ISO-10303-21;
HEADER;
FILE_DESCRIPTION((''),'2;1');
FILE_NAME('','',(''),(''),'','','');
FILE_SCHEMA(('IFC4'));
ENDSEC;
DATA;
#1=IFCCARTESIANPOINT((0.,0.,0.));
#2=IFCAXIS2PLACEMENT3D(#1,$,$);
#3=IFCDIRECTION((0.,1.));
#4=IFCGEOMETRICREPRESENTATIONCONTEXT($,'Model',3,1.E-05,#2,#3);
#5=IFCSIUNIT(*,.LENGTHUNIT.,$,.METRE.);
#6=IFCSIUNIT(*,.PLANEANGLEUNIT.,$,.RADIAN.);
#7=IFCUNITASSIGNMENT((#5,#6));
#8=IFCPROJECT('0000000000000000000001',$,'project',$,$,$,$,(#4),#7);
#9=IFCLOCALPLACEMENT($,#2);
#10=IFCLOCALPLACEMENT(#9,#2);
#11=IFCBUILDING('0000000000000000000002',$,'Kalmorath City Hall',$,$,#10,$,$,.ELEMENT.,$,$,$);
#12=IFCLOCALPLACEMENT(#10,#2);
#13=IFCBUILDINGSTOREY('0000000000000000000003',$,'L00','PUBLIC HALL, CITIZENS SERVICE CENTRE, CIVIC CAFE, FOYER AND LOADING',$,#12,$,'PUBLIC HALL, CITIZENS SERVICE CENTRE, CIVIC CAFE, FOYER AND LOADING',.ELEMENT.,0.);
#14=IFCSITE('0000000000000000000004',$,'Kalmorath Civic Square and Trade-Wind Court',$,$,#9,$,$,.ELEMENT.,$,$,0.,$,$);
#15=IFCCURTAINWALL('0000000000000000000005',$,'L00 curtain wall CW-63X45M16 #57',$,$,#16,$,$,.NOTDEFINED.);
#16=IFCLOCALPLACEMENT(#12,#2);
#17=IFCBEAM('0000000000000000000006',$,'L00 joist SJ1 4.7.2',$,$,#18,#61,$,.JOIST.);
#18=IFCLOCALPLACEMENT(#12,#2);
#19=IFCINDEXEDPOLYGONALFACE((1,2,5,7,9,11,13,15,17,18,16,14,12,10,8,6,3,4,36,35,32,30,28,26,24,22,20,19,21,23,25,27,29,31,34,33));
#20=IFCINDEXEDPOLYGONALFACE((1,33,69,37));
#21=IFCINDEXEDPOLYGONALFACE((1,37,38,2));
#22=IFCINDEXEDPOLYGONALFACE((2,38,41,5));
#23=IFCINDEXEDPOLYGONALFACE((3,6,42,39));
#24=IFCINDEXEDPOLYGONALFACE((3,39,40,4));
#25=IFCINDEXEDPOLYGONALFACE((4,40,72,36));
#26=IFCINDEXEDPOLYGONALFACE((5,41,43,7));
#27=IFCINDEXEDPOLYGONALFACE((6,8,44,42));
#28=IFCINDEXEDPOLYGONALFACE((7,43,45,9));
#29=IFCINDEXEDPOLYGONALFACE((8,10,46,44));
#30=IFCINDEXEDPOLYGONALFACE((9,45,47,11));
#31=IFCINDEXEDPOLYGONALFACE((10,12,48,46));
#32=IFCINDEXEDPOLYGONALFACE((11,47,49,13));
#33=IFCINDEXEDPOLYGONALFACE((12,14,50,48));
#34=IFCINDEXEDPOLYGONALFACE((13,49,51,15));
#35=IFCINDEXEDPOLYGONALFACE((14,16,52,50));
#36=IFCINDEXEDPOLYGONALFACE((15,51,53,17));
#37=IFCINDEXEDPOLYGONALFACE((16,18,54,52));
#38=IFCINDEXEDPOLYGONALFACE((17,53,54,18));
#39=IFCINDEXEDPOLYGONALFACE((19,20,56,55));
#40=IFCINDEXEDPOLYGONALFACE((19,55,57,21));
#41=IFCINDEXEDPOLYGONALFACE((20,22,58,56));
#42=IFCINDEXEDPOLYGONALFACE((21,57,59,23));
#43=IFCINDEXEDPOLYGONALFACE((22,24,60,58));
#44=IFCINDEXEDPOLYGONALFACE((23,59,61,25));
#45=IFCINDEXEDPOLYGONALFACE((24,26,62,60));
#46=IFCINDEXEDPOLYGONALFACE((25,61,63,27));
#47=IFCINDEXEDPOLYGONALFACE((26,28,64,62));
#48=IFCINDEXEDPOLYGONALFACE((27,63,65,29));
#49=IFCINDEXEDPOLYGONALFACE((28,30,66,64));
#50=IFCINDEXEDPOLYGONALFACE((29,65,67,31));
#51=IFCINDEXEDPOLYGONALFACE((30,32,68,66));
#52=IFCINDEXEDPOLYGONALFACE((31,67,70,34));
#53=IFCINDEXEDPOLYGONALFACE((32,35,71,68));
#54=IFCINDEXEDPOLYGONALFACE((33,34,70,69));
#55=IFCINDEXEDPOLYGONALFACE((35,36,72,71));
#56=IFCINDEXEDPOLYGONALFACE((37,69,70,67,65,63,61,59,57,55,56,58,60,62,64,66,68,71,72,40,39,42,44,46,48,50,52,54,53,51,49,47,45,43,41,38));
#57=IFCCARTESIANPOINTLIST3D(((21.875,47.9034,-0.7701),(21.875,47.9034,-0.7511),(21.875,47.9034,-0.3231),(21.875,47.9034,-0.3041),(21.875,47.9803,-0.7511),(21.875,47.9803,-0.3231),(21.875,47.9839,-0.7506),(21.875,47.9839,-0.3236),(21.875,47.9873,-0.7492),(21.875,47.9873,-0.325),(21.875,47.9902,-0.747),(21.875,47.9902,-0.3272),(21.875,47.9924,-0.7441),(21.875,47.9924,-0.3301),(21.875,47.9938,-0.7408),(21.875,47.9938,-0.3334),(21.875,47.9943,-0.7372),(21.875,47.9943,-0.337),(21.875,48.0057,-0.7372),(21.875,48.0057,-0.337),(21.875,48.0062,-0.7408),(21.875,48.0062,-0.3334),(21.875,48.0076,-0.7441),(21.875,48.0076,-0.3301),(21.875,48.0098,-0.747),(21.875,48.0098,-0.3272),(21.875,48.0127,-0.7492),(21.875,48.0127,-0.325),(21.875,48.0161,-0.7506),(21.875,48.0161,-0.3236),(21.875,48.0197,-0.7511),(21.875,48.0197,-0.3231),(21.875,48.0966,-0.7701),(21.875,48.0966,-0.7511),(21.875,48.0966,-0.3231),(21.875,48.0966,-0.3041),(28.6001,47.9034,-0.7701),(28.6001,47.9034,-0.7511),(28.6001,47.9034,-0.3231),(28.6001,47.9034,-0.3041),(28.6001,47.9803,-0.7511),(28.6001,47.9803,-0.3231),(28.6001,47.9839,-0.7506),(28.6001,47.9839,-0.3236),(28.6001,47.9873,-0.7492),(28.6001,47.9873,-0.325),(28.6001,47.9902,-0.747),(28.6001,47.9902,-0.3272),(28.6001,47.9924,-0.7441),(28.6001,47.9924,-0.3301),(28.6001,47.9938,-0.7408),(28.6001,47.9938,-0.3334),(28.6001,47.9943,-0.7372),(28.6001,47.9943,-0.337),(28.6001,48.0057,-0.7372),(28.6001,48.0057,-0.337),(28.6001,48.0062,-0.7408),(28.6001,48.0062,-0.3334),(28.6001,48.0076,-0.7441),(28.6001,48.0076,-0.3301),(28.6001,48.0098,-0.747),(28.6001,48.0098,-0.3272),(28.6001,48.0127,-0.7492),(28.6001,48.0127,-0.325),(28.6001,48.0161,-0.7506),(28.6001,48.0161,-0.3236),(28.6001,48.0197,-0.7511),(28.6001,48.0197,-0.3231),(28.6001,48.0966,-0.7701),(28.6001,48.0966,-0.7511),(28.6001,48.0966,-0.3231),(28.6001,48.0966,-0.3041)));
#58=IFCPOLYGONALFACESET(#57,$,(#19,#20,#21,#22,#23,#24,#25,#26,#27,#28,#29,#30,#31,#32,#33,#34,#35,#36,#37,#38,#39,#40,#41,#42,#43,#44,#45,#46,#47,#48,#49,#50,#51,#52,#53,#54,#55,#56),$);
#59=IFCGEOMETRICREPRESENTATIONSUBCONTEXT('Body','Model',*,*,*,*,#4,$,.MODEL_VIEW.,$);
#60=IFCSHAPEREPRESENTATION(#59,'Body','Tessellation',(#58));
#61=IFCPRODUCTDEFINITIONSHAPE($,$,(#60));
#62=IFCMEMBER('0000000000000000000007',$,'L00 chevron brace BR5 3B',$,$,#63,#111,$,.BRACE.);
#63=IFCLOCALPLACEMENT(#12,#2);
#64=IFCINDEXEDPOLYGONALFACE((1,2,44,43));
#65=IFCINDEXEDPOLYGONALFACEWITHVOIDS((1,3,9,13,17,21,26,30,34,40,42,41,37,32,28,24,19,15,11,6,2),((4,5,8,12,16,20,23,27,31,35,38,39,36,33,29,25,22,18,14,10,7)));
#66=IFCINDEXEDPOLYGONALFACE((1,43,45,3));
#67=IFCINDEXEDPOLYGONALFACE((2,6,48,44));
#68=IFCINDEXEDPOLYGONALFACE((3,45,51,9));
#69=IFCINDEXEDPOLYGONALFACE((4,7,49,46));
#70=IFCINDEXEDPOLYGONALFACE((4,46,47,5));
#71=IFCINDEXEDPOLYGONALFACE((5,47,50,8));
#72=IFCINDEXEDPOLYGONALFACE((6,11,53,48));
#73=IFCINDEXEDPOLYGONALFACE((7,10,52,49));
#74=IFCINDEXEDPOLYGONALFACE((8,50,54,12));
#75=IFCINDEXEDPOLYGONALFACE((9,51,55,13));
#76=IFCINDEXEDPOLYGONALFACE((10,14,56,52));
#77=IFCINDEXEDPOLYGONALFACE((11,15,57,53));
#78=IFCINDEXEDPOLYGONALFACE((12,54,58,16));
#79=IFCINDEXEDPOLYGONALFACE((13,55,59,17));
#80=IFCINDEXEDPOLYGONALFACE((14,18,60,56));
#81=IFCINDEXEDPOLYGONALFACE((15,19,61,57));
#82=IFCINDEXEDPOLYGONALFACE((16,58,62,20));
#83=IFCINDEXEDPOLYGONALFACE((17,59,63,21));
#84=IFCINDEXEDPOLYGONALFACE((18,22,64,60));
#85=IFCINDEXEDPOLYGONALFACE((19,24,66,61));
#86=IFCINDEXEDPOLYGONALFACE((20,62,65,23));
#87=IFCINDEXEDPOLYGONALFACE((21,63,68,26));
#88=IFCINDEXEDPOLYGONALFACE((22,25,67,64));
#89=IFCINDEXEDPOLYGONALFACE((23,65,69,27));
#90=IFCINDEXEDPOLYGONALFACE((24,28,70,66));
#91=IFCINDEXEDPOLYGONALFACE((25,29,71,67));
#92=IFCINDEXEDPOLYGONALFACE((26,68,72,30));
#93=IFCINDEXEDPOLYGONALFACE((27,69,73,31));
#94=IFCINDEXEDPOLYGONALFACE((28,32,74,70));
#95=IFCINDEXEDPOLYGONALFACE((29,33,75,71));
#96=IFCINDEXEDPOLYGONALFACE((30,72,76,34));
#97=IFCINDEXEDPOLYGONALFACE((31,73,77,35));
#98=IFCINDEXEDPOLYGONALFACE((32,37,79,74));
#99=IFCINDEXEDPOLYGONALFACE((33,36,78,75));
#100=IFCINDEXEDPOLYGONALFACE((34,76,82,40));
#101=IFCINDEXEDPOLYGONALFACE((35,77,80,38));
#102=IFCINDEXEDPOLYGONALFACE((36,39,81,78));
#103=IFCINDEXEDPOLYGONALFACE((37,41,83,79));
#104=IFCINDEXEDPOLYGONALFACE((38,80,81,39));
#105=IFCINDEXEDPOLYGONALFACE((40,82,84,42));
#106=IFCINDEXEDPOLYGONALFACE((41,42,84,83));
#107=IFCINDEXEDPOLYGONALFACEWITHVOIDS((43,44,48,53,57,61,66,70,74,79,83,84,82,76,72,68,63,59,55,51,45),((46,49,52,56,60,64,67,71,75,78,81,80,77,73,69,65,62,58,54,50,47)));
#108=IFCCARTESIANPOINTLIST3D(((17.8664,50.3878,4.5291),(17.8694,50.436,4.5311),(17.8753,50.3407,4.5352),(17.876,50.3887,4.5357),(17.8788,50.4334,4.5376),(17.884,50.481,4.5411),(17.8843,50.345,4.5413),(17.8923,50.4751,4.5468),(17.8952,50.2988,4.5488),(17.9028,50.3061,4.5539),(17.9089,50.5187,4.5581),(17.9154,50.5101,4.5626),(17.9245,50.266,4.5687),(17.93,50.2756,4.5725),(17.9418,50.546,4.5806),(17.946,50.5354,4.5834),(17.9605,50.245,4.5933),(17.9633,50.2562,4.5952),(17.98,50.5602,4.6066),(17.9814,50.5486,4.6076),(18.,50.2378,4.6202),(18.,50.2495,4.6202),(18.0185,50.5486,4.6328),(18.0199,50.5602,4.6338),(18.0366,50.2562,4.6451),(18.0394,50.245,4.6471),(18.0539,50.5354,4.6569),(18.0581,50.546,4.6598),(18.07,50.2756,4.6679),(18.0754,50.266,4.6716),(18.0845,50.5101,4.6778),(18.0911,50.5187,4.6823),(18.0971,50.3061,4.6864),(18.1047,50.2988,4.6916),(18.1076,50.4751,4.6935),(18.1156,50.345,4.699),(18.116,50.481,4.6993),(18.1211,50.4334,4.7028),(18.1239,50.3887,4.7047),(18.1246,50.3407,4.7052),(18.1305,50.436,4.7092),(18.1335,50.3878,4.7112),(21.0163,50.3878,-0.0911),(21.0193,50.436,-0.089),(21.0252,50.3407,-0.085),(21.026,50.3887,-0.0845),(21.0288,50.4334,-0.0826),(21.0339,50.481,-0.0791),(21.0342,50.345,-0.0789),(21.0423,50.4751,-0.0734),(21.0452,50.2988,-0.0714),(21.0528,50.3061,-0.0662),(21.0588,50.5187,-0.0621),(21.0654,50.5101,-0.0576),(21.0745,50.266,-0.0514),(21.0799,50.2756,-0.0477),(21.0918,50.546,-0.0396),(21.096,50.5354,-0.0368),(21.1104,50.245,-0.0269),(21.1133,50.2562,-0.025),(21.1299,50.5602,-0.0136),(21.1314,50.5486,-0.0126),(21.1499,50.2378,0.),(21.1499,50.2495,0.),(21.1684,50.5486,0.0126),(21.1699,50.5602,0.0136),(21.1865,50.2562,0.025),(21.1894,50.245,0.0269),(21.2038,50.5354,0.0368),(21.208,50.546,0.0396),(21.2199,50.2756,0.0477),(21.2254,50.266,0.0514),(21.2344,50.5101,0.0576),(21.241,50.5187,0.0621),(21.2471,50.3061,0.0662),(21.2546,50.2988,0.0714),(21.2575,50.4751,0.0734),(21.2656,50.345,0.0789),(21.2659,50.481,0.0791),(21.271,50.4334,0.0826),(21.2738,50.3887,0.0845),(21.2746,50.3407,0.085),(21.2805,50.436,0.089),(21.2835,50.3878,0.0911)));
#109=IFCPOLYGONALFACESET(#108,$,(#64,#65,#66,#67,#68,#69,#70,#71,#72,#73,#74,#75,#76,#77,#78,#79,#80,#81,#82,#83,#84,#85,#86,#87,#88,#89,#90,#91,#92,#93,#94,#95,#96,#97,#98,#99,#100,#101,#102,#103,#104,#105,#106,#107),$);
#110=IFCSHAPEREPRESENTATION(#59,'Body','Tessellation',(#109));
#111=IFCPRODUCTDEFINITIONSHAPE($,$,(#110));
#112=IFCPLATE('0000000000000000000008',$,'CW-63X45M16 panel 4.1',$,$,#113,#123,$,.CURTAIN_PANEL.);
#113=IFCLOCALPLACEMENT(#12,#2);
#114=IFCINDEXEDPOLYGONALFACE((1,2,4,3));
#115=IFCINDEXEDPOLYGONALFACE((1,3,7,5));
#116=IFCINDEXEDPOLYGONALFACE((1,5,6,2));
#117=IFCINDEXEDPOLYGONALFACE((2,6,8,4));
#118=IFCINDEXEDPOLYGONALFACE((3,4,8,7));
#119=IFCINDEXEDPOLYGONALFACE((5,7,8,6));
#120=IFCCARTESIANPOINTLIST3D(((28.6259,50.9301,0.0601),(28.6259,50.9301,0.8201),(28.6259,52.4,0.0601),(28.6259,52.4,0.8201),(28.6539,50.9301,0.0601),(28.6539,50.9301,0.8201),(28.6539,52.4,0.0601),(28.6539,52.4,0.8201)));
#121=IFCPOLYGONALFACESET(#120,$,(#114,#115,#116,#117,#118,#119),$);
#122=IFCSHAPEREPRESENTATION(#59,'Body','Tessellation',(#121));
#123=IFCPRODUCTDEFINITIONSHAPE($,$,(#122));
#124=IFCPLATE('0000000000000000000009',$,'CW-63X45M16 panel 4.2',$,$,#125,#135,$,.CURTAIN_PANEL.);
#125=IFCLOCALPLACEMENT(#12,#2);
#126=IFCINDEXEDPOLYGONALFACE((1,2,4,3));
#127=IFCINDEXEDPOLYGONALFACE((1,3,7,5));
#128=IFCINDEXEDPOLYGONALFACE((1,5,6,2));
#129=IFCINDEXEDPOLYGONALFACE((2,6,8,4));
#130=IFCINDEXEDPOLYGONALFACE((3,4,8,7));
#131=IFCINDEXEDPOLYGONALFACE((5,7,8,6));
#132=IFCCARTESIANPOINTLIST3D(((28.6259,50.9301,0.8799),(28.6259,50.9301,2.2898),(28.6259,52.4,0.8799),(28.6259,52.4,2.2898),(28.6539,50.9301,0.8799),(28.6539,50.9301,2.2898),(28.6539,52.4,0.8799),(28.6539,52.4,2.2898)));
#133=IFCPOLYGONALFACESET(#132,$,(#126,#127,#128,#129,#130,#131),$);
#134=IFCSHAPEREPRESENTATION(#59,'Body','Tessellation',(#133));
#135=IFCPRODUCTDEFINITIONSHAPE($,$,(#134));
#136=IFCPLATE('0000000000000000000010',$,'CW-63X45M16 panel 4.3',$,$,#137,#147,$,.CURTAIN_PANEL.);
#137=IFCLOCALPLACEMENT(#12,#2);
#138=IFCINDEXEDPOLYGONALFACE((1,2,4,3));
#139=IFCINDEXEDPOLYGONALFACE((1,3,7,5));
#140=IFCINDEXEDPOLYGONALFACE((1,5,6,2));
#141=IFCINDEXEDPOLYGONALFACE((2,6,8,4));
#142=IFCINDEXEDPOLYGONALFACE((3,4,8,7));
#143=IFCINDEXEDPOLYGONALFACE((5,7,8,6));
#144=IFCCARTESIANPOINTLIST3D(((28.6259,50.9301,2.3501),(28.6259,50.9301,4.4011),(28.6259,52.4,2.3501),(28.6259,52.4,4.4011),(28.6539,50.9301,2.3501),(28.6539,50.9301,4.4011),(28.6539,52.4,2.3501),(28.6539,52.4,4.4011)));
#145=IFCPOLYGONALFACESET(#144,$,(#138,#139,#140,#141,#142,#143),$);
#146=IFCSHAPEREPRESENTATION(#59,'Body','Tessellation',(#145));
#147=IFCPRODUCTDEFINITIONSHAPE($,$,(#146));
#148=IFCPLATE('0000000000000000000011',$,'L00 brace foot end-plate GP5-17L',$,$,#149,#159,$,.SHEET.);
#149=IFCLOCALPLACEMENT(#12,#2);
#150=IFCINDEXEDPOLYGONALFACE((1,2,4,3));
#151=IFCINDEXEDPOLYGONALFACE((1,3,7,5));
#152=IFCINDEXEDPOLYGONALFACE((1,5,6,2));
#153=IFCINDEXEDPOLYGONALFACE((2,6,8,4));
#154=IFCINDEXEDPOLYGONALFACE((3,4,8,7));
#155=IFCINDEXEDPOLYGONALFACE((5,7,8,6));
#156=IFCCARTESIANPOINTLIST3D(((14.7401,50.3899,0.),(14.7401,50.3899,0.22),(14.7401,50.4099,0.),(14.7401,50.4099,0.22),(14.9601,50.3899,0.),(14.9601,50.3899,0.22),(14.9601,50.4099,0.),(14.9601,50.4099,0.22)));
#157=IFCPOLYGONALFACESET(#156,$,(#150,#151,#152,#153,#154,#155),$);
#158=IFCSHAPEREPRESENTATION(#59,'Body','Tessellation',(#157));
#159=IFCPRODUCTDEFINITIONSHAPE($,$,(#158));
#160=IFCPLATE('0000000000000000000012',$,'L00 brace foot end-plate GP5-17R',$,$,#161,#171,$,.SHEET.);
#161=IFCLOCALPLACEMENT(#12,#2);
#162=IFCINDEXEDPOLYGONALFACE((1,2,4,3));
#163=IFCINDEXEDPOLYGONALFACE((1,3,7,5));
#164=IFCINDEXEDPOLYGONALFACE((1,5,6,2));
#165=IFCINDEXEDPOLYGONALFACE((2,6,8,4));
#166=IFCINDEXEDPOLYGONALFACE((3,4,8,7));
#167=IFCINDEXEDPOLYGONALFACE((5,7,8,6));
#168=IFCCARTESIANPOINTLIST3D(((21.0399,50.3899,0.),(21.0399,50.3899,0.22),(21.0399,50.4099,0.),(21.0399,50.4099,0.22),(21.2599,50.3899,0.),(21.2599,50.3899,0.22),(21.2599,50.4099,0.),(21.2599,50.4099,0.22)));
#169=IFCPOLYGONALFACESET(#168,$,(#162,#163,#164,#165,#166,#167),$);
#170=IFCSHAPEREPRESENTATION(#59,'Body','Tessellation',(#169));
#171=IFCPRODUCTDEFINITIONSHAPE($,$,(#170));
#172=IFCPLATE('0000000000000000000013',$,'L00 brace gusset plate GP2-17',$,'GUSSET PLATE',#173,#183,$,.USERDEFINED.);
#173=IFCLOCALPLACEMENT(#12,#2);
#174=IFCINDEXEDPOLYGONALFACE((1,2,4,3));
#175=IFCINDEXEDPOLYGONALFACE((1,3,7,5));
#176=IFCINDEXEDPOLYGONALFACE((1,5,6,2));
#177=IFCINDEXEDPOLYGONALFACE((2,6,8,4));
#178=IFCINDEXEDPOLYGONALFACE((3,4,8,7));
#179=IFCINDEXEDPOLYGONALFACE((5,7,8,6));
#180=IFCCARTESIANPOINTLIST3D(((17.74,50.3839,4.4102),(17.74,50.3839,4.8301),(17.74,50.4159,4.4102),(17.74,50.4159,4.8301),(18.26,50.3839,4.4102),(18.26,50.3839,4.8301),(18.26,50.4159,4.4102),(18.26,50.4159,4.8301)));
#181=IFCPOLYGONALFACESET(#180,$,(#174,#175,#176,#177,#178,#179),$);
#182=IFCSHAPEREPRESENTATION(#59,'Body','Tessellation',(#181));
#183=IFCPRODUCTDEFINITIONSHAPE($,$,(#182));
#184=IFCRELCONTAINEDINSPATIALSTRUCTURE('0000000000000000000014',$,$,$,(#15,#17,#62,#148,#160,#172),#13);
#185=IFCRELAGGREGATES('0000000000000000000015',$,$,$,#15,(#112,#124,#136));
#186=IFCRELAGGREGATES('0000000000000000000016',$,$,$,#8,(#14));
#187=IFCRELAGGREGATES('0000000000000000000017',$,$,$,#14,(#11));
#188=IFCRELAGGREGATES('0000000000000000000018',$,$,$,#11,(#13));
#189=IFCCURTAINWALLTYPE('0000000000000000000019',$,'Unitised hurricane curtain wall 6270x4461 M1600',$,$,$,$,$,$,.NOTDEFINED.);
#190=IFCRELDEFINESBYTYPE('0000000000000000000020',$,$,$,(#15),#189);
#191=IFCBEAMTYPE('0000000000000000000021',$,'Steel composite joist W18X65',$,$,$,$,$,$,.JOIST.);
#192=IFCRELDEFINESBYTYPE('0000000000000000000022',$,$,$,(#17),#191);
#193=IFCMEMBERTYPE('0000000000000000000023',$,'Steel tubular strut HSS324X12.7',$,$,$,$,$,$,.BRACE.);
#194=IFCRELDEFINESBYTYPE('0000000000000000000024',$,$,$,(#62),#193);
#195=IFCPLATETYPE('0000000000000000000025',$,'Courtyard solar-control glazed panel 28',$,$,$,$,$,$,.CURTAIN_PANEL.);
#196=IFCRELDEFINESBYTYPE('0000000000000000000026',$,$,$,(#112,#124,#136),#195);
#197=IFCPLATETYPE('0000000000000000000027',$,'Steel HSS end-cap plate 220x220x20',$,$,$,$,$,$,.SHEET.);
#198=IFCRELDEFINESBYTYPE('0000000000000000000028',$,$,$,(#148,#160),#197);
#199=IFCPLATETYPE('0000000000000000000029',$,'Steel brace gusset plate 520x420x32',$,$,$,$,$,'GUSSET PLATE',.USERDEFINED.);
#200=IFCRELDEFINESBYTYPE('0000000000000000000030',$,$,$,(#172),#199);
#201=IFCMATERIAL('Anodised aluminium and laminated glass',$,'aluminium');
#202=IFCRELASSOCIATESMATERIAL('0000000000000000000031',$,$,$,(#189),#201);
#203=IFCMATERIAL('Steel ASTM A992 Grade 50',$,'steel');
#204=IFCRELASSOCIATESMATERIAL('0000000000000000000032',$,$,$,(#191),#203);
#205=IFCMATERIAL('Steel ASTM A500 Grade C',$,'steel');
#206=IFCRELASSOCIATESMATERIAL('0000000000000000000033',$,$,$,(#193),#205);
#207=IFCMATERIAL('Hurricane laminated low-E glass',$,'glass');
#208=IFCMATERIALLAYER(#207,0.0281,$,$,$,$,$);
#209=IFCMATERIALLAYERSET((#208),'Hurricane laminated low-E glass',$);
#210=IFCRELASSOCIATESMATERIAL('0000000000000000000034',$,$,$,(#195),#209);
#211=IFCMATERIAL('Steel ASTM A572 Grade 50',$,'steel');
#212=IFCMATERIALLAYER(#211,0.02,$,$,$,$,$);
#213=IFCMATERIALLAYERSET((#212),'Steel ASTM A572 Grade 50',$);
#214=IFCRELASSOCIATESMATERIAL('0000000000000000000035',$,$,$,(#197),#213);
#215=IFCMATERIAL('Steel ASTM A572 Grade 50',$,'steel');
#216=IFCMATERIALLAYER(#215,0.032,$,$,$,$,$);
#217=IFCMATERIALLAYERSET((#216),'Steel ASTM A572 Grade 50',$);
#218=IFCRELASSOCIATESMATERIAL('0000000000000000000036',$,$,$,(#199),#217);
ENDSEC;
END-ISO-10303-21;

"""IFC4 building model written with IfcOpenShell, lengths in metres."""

from ifc_helpers import new_model, si_unit, direction, frame, origin, origin_2d, place, context, subcontext, project, spatial, rectangle, hollow_circle, i_section, extrude, material, layer, layer_set, material_profile, profile_set, type_object, element, aggregate, save


model = new_model("IFC4")

# Units and contexts
model_context = context("Model", 3, precision=1e-05, world=origin(), true_north=direction((0.0, 1.0)))
body_context = subcontext(model_context, "Body", "Model", "MODEL_VIEW")
ifc_project = project(units=[si_unit("LENGTHUNIT", "METRE"), si_unit("PLANEANGLEUNIT", "RADIAN")], contexts=[model_context])

# Site, building, storey
site_placement = place(None, origin())
site = spatial("IfcSite", under=ifc_project, at=site_placement, Name="Kalmorath Civic Square and Trade-Wind Court", CompositionType="ELEMENT", RefElevation=0.0)
building_placement = place(site_placement, origin())
building = spatial("IfcBuilding", under=site, at=building_placement, Name="Kalmorath City Hall", CompositionType="ELEMENT")
storey_placement = place(building_placement, origin())
storey = spatial("IfcBuildingStorey", under=building, at=storey_placement, Name="L00", Description="PUBLIC HALL, CITIZENS SERVICE CENTRE, CIVIC CAFE, FOYER AND LOADING", LongName="PUBLIC HALL, CITIZENS SERVICE CENTRE, CIVIC CAFE, FOYER AND LOADING", CompositionType="ELEMENT", Elevation=0.0)

# Curtain wall
ifc_material_1 = material(Name="Anodised aluminium and laminated glass", Category="aluminium")
curtain_wall_type = type_object("IfcCurtainWallType", Name="Unitised hurricane curtain wall 6270x4461 M1600", PredefinedType="NOTDEFINED", material=ifc_material_1)
curtain_wall_placement = place(storey_placement, origin())
curtain_wall = element("IfcCurtainWall", 1, at=curtain_wall_placement, inside=storey, type_object=curtain_wall_type, Name="L00 curtain wall CW-63X45M16 #57", PredefinedType="NOTDEFINED")

# Beam
ifc_material_2 = material(Name="Steel ASTM A992 Grade 50", Category="steel")
ifc_material_profile_1 = material_profile(ifc_material_2, i_section(OverallWidth=0.1931, OverallDepth=0.4661, WebThickness=0.0115, FlangeThickness=0.019, FilletRadius=0.0139, at=origin_2d()), Name="W18X65")
ifc_profile_set_1 = profile_set([ifc_material_profile_1], Name="Steel ASTM A992 Grade 50")
beam_type_1 = type_object("IfcBeamType", Name="Steel composite joist W18X65", PredefinedType="JOIST", material=ifc_profile_set_1)
for number, where, z_axis, x_axis, name in (
    (2, (21.875, 48.0, -0.5371), (1.0, 0.0, 0.0), (0.0, 1.0, 0.0), "L00 joist SJ1 4.7.2"),
):
    element("IfcBeam", number, at=place(storey_placement, frame(where, z_axis=z_axis, x_axis=x_axis)), inside=storey, type_object=beam_type_1, Name=name, PredefinedType="JOIST", context=body_context, shape_type="SweptSolid", body=[
        extrude(i_section(OverallWidth=0.1931, OverallDepth=0.4661, WebThickness=0.0115, FlangeThickness=0.019, FilletRadius=0.0139, at=origin_2d()), origin(), (0.0, 0.0, 1.0), 6.7251),
    ])

# Member
ifc_material_3 = material(Name="Steel ASTM A500 Grade C", Category="steel")
ifc_material_profile_2 = material_profile(ifc_material_3, hollow_circle(Radius=0.1621, WallThickness=0.0117, at=origin_2d()), Name="HSS324X12.7")
ifc_profile_set_2 = profile_set([ifc_material_profile_2], Name="Steel ASTM A500 Grade C")
member_type_1 = type_object("IfcMemberType", Name="Steel tubular strut HSS324X12.7", PredefinedType="BRACE", material=ifc_profile_set_2)
member_1_placement = place(storey_placement, frame((21.1499, 50.3999, 0.0), z_axis=(-0.563315, 0.0, 0.826242), x_axis=(0.0, -1.0, 0.0)))
element("IfcMember", 3, at=member_1_placement, inside=storey, type_object=member_type_1, Name="L00 chevron brace BR5 3B", PredefinedType="BRACE", context=body_context, shape_type="SweptSolid", body=[
    extrude(hollow_circle(Radius=0.1621, WallThickness=0.0117, at=origin_2d()), origin(), (0.0, 0.0, 1.0), 5.5918),
])

# Plates
ifc_material_4 = material(Name="Hurricane laminated low-E glass", Category="glass")
ifc_layer_1 = layer(ifc_material_4, 0.0281)
ifc_layer_set_1 = layer_set([ifc_layer_1], Name="Hurricane laminated low-E glass")
plate_type_1 = type_object("IfcPlateType", Name="Courtyard solar-control glazed panel 28", PredefinedType="CURTAIN_PANEL", material=ifc_layer_set_1)
plate_1_placement = place(storey_placement, frame((28.6399, 51.665, 0.0601), z_axis=(0.0, 0.0, 1.0), x_axis=(0.0, -1.0, 0.0)))
plate_1 = element("IfcPlate", 4, at=plate_1_placement, type_object=plate_type_1, Name="CW-63X45M16 panel 4.1", PredefinedType="CURTAIN_PANEL", context=body_context, shape_type="SweptSolid", body=[
    extrude(rectangle(XDim=1.47, YDim=0.0281, at=origin_2d()), origin(), (0.0, 0.0, 1.0), 0.76),
])
plate_2_placement = place(storey_placement, frame((28.6399, 51.665, 0.8799), z_axis=(0.0, 0.0, 1.0), x_axis=(0.0, -1.0, 0.0)))
plate_2 = element("IfcPlate", 5, at=plate_2_placement, type_object=plate_type_1, Name="CW-63X45M16 panel 4.2", PredefinedType="CURTAIN_PANEL", context=body_context, shape_type="SweptSolid", body=[
    extrude(rectangle(XDim=1.47, YDim=0.0281, at=origin_2d()), origin(), (0.0, 0.0, 1.0), 1.4099),
])
plate_3_placement = place(storey_placement, frame((28.6399, 51.665, 2.3501), z_axis=(0.0, 0.0, 1.0), x_axis=(0.0, -1.0, 0.0)))
plate_3 = element("IfcPlate", 6, at=plate_3_placement, type_object=plate_type_1, Name="CW-63X45M16 panel 4.3", PredefinedType="CURTAIN_PANEL", context=body_context, shape_type="SweptSolid", body=[
    extrude(rectangle(XDim=1.47, YDim=0.0281, at=origin_2d()), origin(), (0.0, 0.0, 1.0), 2.051),
])
aggregate(curtain_wall, [plate_1, plate_2, plate_3])

# Plates
ifc_material_5 = material(Name="Steel ASTM A572 Grade 50", Category="steel")
ifc_layer_2 = layer(ifc_material_5, 0.02)
ifc_layer_set_2 = layer_set([ifc_layer_2], Name="Steel ASTM A572 Grade 50")
plate_type_2 = type_object("IfcPlateType", Name="Steel HSS end-cap plate 220x220x20", PredefinedType="SHEET", material=ifc_layer_set_2)
for number, where, z_axis, x_axis, name in (
    (7, (14.8501, 50.3999, 0.0), (0.0, 0.0, 1.0), (1.0, 0.0, 0.0), "L00 brace foot end-plate GP5-17L"),
    (8, (21.1499, 50.3999, 0.0), (0.0, 0.0, 1.0), (1.0, 0.0, 0.0), "L00 brace foot end-plate GP5-17R"),
):
    element("IfcPlate", number, at=place(storey_placement, frame(where, z_axis=z_axis, x_axis=x_axis)), inside=storey, type_object=plate_type_2, Name=name, PredefinedType="SHEET", context=body_context, shape_type="SweptSolid", body=[
        extrude(rectangle(XDim=0.22, YDim=0.02, at=origin_2d()), origin(), (0.0, 0.0, 1.0), 0.22),
    ])
ifc_material_6 = material(Name="Steel ASTM A572 Grade 50", Category="steel")
ifc_layer_3 = layer(ifc_material_6, 0.032)
ifc_layer_set_3 = layer_set([ifc_layer_3], Name="Steel ASTM A572 Grade 50")
plate_type_3 = type_object("IfcPlateType", Name="Steel brace gusset plate 520x420x32", ElementType="GUSSET PLATE", PredefinedType="USERDEFINED", material=ifc_layer_set_3)
plate_4_placement = place(storey_placement, frame((18.0, 50.3999, 4.4102), z_axis=(0.0, 0.0, 1.0), x_axis=(1.0, 0.0, 0.0)))
element("IfcPlate", 9, at=plate_4_placement, inside=storey, type_object=plate_type_3, Name="L00 brace gusset plate GP2-17", ObjectType="GUSSET PLATE", PredefinedType="USERDEFINED", context=body_context, shape_type="SweptSolid", body=[
    extrude(rectangle(XDim=0.52, YDim=0.032, at=origin_2d()), origin(), (0.0, 0.0, 1.0), 0.4199),
])

save(model, "model.ifc")
